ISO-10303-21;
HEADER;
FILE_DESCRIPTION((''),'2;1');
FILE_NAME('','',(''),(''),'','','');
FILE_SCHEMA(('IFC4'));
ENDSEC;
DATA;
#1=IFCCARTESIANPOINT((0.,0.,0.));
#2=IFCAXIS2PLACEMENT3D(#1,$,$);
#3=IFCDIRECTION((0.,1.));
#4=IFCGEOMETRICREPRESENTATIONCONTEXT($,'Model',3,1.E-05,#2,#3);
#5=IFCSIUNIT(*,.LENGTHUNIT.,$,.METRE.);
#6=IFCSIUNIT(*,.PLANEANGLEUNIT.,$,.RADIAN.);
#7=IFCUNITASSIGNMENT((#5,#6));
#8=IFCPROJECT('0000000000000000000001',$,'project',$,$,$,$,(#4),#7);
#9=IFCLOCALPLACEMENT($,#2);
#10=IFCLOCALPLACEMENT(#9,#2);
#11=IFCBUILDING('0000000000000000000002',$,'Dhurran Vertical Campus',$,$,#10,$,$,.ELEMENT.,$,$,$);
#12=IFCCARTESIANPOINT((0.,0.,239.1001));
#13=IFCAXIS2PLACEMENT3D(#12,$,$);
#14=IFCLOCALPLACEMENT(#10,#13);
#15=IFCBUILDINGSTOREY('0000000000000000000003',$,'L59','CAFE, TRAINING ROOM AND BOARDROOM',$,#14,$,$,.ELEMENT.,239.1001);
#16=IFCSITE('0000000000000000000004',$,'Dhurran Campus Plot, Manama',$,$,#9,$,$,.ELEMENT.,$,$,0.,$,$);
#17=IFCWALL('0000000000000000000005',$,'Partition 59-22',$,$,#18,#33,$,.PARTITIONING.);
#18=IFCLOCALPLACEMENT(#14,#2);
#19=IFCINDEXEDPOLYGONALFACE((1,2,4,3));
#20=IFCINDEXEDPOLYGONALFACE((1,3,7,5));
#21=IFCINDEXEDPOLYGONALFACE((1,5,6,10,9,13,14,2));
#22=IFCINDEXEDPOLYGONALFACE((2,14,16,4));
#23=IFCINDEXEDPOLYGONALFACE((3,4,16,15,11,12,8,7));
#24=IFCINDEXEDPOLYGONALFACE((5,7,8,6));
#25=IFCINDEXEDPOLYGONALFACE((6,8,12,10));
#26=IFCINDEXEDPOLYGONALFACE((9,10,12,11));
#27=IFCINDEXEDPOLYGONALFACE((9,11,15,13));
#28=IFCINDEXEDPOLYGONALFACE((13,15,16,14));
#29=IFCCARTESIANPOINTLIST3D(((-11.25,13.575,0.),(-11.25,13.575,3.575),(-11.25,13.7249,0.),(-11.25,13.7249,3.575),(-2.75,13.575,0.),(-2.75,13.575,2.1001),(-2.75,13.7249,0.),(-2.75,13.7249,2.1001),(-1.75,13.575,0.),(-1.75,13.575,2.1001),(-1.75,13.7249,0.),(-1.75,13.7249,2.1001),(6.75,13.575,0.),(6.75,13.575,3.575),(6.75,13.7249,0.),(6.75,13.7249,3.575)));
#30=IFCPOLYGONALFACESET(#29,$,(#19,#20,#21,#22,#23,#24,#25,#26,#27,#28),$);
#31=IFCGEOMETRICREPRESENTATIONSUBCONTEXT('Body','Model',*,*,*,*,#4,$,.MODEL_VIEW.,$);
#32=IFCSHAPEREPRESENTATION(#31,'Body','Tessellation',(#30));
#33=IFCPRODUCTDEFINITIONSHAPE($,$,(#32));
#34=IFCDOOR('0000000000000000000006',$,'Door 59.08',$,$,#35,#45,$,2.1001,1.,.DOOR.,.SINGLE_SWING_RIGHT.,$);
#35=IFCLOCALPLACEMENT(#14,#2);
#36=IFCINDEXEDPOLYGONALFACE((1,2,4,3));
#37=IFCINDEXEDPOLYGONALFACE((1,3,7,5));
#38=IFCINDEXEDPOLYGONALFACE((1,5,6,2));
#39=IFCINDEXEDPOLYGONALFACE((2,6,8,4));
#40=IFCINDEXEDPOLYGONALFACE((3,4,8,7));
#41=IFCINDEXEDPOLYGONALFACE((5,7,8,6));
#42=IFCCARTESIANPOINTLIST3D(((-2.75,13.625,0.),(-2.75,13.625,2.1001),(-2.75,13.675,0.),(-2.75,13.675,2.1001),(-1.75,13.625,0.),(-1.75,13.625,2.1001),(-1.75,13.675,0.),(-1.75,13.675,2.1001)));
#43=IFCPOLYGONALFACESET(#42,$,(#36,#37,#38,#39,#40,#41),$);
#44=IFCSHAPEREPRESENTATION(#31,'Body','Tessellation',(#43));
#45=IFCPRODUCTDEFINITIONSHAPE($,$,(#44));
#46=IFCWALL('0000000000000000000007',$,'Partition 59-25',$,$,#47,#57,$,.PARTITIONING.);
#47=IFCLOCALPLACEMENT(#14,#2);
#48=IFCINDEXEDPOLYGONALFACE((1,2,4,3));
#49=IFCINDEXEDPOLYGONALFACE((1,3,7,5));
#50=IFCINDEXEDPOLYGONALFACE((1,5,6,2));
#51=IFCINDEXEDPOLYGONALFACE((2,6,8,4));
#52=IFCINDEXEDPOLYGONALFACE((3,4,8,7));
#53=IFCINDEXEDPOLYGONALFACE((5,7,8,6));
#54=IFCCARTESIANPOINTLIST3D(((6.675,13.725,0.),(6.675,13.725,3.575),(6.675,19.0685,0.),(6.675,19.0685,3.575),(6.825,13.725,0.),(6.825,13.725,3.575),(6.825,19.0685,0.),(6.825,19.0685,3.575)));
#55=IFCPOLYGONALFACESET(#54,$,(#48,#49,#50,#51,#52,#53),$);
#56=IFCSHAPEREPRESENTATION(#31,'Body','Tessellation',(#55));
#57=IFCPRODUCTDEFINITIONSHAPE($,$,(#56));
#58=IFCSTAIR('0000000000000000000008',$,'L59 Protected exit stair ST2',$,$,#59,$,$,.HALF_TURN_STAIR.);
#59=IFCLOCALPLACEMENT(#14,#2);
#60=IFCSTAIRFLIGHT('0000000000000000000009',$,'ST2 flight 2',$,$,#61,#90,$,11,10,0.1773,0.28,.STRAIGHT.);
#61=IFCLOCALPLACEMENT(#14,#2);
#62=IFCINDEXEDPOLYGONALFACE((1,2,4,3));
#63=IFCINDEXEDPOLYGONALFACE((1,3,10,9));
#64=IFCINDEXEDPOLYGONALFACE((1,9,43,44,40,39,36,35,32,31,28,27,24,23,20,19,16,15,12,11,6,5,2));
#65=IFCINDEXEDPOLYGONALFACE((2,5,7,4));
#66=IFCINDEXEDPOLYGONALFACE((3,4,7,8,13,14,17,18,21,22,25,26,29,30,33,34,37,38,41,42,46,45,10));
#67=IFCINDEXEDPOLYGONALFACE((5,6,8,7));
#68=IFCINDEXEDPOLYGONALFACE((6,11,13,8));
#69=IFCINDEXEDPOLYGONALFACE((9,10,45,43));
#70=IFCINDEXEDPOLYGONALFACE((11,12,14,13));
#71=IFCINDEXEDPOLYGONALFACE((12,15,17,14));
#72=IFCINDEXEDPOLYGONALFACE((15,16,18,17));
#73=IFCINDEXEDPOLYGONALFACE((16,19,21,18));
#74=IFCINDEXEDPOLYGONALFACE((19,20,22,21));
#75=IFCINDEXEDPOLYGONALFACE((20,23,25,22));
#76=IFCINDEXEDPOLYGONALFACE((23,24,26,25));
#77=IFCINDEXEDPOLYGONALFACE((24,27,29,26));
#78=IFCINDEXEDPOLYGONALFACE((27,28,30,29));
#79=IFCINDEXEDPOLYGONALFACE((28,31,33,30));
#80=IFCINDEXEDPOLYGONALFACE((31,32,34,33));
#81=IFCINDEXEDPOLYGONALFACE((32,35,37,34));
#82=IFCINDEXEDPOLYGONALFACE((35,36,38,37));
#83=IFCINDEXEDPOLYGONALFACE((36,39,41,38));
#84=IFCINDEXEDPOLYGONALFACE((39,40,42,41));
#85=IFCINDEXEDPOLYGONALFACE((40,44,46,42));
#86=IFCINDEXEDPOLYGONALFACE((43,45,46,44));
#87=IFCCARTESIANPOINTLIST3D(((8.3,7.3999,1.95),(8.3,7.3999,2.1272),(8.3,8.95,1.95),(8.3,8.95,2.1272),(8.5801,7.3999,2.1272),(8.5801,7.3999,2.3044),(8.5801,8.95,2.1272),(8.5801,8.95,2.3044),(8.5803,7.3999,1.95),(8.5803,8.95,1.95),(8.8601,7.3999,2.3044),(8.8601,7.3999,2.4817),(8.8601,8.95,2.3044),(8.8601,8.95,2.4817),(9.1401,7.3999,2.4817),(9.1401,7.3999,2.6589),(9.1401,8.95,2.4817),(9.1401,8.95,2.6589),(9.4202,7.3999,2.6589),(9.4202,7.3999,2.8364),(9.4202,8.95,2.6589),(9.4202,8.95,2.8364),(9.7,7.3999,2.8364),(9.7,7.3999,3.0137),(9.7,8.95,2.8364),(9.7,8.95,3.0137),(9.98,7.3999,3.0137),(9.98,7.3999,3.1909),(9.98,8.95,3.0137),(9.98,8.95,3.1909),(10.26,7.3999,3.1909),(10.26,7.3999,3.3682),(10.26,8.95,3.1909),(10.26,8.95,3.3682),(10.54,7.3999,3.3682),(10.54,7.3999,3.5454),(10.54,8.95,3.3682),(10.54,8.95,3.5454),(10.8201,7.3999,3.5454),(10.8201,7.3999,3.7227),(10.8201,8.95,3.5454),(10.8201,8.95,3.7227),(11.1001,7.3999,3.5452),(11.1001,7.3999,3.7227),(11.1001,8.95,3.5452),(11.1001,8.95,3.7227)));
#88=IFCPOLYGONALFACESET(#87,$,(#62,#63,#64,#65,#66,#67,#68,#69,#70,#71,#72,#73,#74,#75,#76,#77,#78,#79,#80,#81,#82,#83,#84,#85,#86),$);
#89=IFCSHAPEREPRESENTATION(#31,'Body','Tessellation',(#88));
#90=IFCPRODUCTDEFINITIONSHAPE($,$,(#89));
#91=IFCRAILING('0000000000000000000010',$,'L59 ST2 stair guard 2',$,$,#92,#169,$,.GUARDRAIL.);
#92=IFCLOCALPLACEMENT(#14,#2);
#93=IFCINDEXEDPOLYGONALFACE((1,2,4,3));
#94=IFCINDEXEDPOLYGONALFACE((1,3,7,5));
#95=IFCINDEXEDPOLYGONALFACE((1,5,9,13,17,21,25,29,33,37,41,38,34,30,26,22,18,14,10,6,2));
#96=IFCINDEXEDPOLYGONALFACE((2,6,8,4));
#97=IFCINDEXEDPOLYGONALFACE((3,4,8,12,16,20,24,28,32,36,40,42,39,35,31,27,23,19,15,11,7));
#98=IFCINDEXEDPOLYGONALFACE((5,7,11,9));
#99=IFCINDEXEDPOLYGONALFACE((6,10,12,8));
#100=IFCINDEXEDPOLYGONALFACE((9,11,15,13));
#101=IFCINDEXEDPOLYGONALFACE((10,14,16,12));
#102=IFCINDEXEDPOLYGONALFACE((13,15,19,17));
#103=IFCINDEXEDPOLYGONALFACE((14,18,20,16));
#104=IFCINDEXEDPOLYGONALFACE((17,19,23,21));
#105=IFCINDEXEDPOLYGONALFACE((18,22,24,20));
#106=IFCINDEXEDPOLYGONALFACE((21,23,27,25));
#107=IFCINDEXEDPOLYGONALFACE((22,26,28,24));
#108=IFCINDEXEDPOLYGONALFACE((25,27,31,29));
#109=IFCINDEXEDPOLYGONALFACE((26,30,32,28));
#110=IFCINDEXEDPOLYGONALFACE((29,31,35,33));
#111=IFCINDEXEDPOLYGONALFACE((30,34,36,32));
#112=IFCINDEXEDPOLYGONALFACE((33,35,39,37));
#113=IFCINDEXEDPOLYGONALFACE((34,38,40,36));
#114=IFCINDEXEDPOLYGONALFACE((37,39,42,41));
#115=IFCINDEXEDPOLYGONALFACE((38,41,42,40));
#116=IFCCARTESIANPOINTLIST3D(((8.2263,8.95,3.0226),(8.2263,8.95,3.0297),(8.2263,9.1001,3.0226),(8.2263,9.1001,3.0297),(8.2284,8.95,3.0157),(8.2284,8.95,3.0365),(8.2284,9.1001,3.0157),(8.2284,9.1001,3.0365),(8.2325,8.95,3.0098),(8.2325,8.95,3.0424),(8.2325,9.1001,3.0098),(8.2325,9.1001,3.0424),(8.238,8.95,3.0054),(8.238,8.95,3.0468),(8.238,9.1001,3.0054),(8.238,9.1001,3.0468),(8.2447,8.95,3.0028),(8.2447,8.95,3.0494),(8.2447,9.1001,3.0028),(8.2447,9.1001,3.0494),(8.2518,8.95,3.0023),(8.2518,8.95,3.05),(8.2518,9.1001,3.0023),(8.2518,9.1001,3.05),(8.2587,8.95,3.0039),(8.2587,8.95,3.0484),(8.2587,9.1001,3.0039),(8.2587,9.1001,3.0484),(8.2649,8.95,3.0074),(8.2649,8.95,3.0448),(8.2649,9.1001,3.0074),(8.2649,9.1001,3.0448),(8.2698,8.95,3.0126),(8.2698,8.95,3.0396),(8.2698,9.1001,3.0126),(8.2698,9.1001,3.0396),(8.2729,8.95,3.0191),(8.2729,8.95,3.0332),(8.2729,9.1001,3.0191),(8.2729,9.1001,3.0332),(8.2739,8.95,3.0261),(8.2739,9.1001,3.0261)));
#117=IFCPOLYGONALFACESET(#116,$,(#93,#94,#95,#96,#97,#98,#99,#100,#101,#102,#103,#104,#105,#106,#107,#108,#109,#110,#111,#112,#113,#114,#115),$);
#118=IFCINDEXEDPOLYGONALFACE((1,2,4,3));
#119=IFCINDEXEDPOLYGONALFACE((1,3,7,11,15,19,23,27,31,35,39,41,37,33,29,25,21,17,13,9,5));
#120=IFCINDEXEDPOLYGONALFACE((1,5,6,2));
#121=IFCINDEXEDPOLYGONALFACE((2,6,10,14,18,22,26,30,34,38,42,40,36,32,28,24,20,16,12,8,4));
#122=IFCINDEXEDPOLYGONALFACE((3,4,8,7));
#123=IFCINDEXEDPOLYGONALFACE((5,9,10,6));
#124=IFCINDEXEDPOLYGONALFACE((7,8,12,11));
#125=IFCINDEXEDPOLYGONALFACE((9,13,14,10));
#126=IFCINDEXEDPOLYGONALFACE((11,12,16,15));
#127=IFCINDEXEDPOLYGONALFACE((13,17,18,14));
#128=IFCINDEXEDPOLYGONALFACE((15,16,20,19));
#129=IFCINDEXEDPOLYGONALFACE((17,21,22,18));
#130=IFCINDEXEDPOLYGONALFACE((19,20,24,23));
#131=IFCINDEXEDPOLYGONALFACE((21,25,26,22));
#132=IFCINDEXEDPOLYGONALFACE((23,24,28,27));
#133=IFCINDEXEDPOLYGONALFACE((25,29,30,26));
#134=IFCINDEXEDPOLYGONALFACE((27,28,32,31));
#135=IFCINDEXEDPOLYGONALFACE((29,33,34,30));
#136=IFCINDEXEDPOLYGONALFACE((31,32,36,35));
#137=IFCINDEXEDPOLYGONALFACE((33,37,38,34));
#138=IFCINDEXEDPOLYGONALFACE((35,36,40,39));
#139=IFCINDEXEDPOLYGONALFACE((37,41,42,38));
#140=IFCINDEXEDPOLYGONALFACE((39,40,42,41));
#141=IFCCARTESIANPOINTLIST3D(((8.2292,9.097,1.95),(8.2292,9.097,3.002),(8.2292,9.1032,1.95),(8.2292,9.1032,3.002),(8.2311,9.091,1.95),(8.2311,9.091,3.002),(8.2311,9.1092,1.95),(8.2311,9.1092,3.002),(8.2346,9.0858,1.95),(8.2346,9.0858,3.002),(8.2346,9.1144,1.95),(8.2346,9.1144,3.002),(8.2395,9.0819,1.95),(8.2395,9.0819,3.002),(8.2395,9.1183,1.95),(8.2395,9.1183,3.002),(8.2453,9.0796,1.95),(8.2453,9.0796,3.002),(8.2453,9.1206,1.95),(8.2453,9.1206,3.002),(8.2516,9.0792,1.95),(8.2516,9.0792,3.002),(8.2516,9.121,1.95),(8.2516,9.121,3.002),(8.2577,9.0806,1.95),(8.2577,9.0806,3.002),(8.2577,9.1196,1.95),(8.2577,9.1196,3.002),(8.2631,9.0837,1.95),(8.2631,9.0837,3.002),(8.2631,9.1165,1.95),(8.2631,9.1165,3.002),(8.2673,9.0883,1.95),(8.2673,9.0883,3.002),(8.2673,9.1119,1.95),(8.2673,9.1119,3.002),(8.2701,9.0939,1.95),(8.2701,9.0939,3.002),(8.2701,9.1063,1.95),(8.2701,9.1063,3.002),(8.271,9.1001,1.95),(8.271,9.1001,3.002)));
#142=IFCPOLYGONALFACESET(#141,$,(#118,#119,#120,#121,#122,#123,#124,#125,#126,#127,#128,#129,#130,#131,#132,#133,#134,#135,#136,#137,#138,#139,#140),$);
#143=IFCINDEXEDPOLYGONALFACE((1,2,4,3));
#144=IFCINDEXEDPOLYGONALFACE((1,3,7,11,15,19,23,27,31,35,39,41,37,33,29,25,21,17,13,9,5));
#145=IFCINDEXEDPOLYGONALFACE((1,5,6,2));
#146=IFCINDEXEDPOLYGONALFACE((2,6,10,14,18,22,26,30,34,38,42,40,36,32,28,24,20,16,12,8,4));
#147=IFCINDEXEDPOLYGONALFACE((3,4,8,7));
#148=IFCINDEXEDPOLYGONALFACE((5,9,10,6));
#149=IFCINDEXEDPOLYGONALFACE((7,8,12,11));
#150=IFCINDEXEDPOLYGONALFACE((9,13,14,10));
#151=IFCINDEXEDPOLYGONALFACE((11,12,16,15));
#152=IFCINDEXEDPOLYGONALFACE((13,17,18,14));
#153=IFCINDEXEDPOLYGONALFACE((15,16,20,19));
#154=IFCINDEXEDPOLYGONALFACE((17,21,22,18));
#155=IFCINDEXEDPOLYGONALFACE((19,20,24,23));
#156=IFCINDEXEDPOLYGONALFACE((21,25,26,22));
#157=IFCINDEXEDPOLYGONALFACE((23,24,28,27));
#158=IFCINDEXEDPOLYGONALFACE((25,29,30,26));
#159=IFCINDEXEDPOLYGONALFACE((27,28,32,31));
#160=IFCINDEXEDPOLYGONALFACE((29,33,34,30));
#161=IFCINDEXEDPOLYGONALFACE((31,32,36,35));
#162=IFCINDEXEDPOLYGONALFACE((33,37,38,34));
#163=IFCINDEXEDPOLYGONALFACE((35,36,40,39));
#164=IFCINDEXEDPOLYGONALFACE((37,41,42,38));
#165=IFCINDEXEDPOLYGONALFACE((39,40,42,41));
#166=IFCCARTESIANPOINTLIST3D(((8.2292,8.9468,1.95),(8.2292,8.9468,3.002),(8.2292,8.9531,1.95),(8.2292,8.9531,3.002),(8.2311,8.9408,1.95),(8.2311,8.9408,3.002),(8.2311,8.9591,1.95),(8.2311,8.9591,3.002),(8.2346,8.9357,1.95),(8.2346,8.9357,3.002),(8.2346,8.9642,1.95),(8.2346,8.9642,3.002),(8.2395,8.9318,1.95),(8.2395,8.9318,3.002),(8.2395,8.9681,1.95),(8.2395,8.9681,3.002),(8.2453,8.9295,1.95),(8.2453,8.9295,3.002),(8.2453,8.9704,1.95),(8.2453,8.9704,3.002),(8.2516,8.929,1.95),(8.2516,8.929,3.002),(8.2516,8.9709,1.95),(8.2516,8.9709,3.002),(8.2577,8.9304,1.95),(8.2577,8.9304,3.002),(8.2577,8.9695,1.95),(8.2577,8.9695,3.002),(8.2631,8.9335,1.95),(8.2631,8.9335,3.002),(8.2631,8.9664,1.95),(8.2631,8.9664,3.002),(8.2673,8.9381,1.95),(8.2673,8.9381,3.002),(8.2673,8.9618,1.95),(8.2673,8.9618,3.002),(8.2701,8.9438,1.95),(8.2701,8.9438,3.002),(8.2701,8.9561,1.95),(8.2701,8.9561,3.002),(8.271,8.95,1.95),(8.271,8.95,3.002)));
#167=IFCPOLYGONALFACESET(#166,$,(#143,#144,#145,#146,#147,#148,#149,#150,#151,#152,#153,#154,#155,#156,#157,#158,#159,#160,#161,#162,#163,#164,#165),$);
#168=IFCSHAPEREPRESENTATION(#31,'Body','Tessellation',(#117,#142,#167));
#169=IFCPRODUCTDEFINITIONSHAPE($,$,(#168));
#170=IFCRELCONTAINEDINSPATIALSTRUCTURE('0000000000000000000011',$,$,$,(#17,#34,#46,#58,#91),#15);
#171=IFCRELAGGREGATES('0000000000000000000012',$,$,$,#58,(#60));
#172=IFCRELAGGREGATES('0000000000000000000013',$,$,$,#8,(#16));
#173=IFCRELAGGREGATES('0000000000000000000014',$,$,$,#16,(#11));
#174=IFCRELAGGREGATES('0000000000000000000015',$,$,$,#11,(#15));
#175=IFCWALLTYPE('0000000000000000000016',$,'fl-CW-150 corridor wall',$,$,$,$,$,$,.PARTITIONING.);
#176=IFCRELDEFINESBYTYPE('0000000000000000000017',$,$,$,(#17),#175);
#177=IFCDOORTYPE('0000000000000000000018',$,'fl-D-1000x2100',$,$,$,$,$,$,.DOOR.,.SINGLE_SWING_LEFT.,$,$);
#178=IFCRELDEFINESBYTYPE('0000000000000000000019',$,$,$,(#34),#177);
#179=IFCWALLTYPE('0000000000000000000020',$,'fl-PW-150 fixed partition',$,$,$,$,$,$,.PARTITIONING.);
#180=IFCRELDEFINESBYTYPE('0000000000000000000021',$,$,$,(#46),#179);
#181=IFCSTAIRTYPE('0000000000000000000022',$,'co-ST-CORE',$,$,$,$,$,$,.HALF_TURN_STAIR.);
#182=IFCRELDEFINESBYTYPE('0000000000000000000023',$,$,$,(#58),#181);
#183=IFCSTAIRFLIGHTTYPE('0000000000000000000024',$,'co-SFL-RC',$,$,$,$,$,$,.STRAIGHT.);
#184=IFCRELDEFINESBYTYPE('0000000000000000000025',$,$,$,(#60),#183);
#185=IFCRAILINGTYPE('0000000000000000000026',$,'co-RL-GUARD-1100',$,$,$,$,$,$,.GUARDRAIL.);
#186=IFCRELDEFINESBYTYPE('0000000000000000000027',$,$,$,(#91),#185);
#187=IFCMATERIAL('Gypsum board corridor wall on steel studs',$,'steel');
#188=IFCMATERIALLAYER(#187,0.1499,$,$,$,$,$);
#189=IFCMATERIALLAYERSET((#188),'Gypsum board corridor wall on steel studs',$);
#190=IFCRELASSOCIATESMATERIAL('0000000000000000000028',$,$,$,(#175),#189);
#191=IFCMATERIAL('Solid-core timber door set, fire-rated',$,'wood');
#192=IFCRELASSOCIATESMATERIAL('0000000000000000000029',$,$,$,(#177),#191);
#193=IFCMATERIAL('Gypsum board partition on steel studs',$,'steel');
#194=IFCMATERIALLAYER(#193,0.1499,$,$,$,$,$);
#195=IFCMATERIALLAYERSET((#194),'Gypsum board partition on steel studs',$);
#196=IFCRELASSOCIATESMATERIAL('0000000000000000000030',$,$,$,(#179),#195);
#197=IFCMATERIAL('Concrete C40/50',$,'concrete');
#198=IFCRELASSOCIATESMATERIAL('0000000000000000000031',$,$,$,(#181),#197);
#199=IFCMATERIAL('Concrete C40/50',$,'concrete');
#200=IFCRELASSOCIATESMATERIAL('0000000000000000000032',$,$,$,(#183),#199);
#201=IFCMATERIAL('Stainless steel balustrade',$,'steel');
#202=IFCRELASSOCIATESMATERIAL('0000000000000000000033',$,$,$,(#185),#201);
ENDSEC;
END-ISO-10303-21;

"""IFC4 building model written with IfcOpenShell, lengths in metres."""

from ifc_helpers import new_model, si_unit, direction, frame, frame_2d, origin, origin_2d, place, context, subcontext, project, spatial, polyline, rectangle, circle, outline, extrude, material, layer, layer_set, type_object, element, fill, aggregate, save


model = new_model("IFC4")

# Units and contexts
model_context = context("Model", 3, precision=1e-05, world=origin(), true_north=direction((0.0, 1.0)))
body_context = subcontext(model_context, "Body", "Model", "MODEL_VIEW")
ifc_project = project(units=[si_unit("LENGTHUNIT", "METRE"), si_unit("PLANEANGLEUNIT", "RADIAN")], contexts=[model_context])

# Site, building, storey
site_placement = place(None, origin())
site = spatial("IfcSite", under=ifc_project, at=site_placement, Name="Dhurran Campus Plot, Manama", CompositionType="ELEMENT", RefElevation=0.0)
building_placement = place(site_placement, origin())
building = spatial("IfcBuilding", under=site, at=building_placement, Name="Dhurran Vertical Campus", CompositionType="ELEMENT")
storey_placement = place(building_placement, frame((0.0, 0.0, 239.1001)))
storey = spatial("IfcBuildingStorey", under=building, at=storey_placement, Name="L59", Description="CAFE, TRAINING ROOM AND BOARDROOM", CompositionType="ELEMENT", Elevation=239.1001)

# Wall, opening, door
ifc_material_1 = material(Name="Gypsum board corridor wall on steel studs", Category="steel")
ifc_layer_1 = layer(ifc_material_1, 0.1499)
ifc_layer_set_1 = layer_set([ifc_layer_1], Name="Gypsum board corridor wall on steel studs")
wall_type_1 = type_object("IfcWallType", Name="fl-CW-150 corridor wall", PredefinedType="PARTITIONING", material=ifc_layer_set_1)
wall_1_placement = place(storey_placement, frame((6.75, 13.6499, 0.0), z_axis=(0.0, 0.0, 1.0), x_axis=(-1.0, 0.0, 0.0)))
wall_1 = element("IfcWall", 1, at=wall_1_placement, inside=storey, type_object=wall_type_1, Name="Partition 59-22", PredefinedType="PARTITIONING", context=body_context, shape_type="SweptSolid", body=[
    extrude(rectangle(XDim=18.0, YDim=0.1499, at=frame_2d((9.0, 0.0))), origin(), (0.0, 0.0, 1.0), 3.575),
])
opening_1_placement = place(wall_1_placement, frame((8.5, 0.0, 0.0)))
opening_1 = element("IfcOpeningElement", 2, at=opening_1_placement, cuts=wall_1, PredefinedType="OPENING", context=body_context, shape_type="SweptSolid", body=[
    extrude(rectangle(XDim=1.0, YDim=2.1001, at=frame_2d((0.5, 1.05))), frame((0.0, 0.085, 0.0), z_axis=(0.0, -1.0, 0.0), x_axis=(1.0, 0.0, 0.0)), (0.0, 0.0, 1.0), 0.1699),
])
ifc_material_2 = material(Name="Solid-core timber door set, fire-rated", Category="wood")
door_type_1 = type_object("IfcDoorType", Name="fl-D-1000x2100", OperationType="SINGLE_SWING_LEFT", PredefinedType="DOOR", material=ifc_material_2)
door_1_placement = place(opening_1_placement, origin())
door_1 = element("IfcDoor", 3, at=door_1_placement, inside=storey, type_object=door_type_1, Name="Door 59.08", OperationType="SINGLE_SWING_RIGHT", OverallHeight=2.1001, OverallWidth=1.0, PredefinedType="DOOR", context=body_context, shape_type="SweptSolid", body=[
    extrude(rectangle(XDim=1.0, YDim=2.1001, at=frame_2d((0.5, 1.05))), frame((0.0, 0.0249, 0.0), z_axis=(0.0, -1.0, 0.0), x_axis=(1.0, 0.0, 0.0)), (0.0, 0.0, 1.0), 0.05),
])
fill(opening_1, door_1)

# Wall
ifc_material_3 = material(Name="Gypsum board partition on steel studs", Category="steel")
ifc_layer_2 = layer(ifc_material_3, 0.1499)
ifc_layer_set_2 = layer_set([ifc_layer_2], Name="Gypsum board partition on steel studs")
wall_type_2 = type_object("IfcWallType", Name="fl-PW-150 fixed partition", PredefinedType="PARTITIONING", material=ifc_layer_set_2)
wall_2_placement = place(storey_placement, frame((6.75, 19.0686, 0.0), z_axis=(0.0, 0.0, 1.0), x_axis=(0.0, -1.0, 0.0)))
element("IfcWall", 4, at=wall_2_placement, inside=storey, type_object=wall_type_2, Name="Partition 59-25", PredefinedType="PARTITIONING", context=body_context, shape_type="SweptSolid", body=[
    extrude(rectangle(XDim=5.3435, YDim=0.1499, at=frame_2d((2.6719, 0.0))), origin(), (0.0, 0.0, 1.0), 3.575),
])

# Stair, stair flight
ifc_material_4 = material(Name="Concrete C40/50", Category="concrete")
stair_type = type_object("IfcStairType", Name="co-ST-CORE", PredefinedType="HALF_TURN_STAIR", material=ifc_material_4)
stair_placement = place(storey_placement, origin())
stair = element("IfcStair", 5, at=stair_placement, inside=storey, type_object=stair_type, Name="L59 Protected exit stair ST2", PredefinedType="HALF_TURN_STAIR")
ifc_material_5 = material(Name="Concrete C40/50", Category="concrete")
stair_flight_type = type_object("IfcStairFlightType", Name="co-SFL-RC", PredefinedType="STRAIGHT", material=ifc_material_5)
stair_flight_placement = place(storey_placement, frame((8.3, 8.175, 1.95), z_axis=(0.0, 0.0, 1.0), x_axis=(1.0, 0.0, 0.0)))
stair_flight = element("IfcStairFlight", 6, at=stair_flight_placement, type_object=stair_flight_type, Name="ST2 flight 2", NumberOfRisers=11, NumberOfTreads=10, PredefinedType="STRAIGHT", RiserHeight=0.1773, TreadLength=0.28, context=body_context, shape_type="SweptSolid", body=[
    extrude(outline(polyline([(0.0, 0.0), (0.0, 0.1772), (0.28, 0.1772), (0.28, 0.3545), (0.5601, 0.3545), (0.5601, 0.5317), (0.8401, 0.5317), (0.8401, 0.709), (1.1201, 0.709), (1.1201, 0.8865), (1.3999, 0.8865), (1.3999, 1.0637), (1.6799, 1.0637), (1.6799, 1.241), (1.96, 1.241), (1.96, 1.4182), (2.24, 1.4182), (2.24, 1.5955), (2.52, 1.5955), (2.52, 1.7727), (2.8, 1.7727), (2.8, 1.95), (2.8, 1.5952), (0.2803, 0.0), (0.0, 0.0)])), frame((0.0, 0.7749, 0.0), z_axis=(0.0, -1.0, 0.0), x_axis=(1.0, 0.0, 0.0)), (0.0, 0.0, 1.0), 1.55),
])
aggregate(stair, [stair_flight])

# Railing
ifc_material_6 = material(Name="Stainless steel balustrade", Category="steel")
railing_type_1 = type_object("IfcRailingType", Name="co-RL-GUARD-1100", PredefinedType="GUARDRAIL", material=ifc_material_6)
railing_1_placement = place(storey_placement, frame((8.25, 9.1001, 1.95)))
element("IfcRailing", 7, at=railing_1_placement, inside=storey, type_object=railing_type_1, Name="L59 ST2 stair guard 2", PredefinedType="GUARDRAIL", context=body_context, shape_type="SweptSolid", body=[
    extrude(circle(Radius=0.0239, at=origin_2d()), frame((0.0, 0.0, 1.0762), z_axis=(0.0, -1.0, 0.0), x_axis=(1.0, 0.0, 0.0)), (0.0, 0.0, 1.0), 0.1501),
    extrude(circle(Radius=0.021, at=origin_2d()), origin(), (0.0, 0.0, 1.0), 1.052),
    extrude(circle(Radius=0.021, at=origin_2d()), frame((0.0, -0.1501, 0.0)), (0.0, 0.0, 1.0), 1.052),
])

save(model, "model.ifc")
